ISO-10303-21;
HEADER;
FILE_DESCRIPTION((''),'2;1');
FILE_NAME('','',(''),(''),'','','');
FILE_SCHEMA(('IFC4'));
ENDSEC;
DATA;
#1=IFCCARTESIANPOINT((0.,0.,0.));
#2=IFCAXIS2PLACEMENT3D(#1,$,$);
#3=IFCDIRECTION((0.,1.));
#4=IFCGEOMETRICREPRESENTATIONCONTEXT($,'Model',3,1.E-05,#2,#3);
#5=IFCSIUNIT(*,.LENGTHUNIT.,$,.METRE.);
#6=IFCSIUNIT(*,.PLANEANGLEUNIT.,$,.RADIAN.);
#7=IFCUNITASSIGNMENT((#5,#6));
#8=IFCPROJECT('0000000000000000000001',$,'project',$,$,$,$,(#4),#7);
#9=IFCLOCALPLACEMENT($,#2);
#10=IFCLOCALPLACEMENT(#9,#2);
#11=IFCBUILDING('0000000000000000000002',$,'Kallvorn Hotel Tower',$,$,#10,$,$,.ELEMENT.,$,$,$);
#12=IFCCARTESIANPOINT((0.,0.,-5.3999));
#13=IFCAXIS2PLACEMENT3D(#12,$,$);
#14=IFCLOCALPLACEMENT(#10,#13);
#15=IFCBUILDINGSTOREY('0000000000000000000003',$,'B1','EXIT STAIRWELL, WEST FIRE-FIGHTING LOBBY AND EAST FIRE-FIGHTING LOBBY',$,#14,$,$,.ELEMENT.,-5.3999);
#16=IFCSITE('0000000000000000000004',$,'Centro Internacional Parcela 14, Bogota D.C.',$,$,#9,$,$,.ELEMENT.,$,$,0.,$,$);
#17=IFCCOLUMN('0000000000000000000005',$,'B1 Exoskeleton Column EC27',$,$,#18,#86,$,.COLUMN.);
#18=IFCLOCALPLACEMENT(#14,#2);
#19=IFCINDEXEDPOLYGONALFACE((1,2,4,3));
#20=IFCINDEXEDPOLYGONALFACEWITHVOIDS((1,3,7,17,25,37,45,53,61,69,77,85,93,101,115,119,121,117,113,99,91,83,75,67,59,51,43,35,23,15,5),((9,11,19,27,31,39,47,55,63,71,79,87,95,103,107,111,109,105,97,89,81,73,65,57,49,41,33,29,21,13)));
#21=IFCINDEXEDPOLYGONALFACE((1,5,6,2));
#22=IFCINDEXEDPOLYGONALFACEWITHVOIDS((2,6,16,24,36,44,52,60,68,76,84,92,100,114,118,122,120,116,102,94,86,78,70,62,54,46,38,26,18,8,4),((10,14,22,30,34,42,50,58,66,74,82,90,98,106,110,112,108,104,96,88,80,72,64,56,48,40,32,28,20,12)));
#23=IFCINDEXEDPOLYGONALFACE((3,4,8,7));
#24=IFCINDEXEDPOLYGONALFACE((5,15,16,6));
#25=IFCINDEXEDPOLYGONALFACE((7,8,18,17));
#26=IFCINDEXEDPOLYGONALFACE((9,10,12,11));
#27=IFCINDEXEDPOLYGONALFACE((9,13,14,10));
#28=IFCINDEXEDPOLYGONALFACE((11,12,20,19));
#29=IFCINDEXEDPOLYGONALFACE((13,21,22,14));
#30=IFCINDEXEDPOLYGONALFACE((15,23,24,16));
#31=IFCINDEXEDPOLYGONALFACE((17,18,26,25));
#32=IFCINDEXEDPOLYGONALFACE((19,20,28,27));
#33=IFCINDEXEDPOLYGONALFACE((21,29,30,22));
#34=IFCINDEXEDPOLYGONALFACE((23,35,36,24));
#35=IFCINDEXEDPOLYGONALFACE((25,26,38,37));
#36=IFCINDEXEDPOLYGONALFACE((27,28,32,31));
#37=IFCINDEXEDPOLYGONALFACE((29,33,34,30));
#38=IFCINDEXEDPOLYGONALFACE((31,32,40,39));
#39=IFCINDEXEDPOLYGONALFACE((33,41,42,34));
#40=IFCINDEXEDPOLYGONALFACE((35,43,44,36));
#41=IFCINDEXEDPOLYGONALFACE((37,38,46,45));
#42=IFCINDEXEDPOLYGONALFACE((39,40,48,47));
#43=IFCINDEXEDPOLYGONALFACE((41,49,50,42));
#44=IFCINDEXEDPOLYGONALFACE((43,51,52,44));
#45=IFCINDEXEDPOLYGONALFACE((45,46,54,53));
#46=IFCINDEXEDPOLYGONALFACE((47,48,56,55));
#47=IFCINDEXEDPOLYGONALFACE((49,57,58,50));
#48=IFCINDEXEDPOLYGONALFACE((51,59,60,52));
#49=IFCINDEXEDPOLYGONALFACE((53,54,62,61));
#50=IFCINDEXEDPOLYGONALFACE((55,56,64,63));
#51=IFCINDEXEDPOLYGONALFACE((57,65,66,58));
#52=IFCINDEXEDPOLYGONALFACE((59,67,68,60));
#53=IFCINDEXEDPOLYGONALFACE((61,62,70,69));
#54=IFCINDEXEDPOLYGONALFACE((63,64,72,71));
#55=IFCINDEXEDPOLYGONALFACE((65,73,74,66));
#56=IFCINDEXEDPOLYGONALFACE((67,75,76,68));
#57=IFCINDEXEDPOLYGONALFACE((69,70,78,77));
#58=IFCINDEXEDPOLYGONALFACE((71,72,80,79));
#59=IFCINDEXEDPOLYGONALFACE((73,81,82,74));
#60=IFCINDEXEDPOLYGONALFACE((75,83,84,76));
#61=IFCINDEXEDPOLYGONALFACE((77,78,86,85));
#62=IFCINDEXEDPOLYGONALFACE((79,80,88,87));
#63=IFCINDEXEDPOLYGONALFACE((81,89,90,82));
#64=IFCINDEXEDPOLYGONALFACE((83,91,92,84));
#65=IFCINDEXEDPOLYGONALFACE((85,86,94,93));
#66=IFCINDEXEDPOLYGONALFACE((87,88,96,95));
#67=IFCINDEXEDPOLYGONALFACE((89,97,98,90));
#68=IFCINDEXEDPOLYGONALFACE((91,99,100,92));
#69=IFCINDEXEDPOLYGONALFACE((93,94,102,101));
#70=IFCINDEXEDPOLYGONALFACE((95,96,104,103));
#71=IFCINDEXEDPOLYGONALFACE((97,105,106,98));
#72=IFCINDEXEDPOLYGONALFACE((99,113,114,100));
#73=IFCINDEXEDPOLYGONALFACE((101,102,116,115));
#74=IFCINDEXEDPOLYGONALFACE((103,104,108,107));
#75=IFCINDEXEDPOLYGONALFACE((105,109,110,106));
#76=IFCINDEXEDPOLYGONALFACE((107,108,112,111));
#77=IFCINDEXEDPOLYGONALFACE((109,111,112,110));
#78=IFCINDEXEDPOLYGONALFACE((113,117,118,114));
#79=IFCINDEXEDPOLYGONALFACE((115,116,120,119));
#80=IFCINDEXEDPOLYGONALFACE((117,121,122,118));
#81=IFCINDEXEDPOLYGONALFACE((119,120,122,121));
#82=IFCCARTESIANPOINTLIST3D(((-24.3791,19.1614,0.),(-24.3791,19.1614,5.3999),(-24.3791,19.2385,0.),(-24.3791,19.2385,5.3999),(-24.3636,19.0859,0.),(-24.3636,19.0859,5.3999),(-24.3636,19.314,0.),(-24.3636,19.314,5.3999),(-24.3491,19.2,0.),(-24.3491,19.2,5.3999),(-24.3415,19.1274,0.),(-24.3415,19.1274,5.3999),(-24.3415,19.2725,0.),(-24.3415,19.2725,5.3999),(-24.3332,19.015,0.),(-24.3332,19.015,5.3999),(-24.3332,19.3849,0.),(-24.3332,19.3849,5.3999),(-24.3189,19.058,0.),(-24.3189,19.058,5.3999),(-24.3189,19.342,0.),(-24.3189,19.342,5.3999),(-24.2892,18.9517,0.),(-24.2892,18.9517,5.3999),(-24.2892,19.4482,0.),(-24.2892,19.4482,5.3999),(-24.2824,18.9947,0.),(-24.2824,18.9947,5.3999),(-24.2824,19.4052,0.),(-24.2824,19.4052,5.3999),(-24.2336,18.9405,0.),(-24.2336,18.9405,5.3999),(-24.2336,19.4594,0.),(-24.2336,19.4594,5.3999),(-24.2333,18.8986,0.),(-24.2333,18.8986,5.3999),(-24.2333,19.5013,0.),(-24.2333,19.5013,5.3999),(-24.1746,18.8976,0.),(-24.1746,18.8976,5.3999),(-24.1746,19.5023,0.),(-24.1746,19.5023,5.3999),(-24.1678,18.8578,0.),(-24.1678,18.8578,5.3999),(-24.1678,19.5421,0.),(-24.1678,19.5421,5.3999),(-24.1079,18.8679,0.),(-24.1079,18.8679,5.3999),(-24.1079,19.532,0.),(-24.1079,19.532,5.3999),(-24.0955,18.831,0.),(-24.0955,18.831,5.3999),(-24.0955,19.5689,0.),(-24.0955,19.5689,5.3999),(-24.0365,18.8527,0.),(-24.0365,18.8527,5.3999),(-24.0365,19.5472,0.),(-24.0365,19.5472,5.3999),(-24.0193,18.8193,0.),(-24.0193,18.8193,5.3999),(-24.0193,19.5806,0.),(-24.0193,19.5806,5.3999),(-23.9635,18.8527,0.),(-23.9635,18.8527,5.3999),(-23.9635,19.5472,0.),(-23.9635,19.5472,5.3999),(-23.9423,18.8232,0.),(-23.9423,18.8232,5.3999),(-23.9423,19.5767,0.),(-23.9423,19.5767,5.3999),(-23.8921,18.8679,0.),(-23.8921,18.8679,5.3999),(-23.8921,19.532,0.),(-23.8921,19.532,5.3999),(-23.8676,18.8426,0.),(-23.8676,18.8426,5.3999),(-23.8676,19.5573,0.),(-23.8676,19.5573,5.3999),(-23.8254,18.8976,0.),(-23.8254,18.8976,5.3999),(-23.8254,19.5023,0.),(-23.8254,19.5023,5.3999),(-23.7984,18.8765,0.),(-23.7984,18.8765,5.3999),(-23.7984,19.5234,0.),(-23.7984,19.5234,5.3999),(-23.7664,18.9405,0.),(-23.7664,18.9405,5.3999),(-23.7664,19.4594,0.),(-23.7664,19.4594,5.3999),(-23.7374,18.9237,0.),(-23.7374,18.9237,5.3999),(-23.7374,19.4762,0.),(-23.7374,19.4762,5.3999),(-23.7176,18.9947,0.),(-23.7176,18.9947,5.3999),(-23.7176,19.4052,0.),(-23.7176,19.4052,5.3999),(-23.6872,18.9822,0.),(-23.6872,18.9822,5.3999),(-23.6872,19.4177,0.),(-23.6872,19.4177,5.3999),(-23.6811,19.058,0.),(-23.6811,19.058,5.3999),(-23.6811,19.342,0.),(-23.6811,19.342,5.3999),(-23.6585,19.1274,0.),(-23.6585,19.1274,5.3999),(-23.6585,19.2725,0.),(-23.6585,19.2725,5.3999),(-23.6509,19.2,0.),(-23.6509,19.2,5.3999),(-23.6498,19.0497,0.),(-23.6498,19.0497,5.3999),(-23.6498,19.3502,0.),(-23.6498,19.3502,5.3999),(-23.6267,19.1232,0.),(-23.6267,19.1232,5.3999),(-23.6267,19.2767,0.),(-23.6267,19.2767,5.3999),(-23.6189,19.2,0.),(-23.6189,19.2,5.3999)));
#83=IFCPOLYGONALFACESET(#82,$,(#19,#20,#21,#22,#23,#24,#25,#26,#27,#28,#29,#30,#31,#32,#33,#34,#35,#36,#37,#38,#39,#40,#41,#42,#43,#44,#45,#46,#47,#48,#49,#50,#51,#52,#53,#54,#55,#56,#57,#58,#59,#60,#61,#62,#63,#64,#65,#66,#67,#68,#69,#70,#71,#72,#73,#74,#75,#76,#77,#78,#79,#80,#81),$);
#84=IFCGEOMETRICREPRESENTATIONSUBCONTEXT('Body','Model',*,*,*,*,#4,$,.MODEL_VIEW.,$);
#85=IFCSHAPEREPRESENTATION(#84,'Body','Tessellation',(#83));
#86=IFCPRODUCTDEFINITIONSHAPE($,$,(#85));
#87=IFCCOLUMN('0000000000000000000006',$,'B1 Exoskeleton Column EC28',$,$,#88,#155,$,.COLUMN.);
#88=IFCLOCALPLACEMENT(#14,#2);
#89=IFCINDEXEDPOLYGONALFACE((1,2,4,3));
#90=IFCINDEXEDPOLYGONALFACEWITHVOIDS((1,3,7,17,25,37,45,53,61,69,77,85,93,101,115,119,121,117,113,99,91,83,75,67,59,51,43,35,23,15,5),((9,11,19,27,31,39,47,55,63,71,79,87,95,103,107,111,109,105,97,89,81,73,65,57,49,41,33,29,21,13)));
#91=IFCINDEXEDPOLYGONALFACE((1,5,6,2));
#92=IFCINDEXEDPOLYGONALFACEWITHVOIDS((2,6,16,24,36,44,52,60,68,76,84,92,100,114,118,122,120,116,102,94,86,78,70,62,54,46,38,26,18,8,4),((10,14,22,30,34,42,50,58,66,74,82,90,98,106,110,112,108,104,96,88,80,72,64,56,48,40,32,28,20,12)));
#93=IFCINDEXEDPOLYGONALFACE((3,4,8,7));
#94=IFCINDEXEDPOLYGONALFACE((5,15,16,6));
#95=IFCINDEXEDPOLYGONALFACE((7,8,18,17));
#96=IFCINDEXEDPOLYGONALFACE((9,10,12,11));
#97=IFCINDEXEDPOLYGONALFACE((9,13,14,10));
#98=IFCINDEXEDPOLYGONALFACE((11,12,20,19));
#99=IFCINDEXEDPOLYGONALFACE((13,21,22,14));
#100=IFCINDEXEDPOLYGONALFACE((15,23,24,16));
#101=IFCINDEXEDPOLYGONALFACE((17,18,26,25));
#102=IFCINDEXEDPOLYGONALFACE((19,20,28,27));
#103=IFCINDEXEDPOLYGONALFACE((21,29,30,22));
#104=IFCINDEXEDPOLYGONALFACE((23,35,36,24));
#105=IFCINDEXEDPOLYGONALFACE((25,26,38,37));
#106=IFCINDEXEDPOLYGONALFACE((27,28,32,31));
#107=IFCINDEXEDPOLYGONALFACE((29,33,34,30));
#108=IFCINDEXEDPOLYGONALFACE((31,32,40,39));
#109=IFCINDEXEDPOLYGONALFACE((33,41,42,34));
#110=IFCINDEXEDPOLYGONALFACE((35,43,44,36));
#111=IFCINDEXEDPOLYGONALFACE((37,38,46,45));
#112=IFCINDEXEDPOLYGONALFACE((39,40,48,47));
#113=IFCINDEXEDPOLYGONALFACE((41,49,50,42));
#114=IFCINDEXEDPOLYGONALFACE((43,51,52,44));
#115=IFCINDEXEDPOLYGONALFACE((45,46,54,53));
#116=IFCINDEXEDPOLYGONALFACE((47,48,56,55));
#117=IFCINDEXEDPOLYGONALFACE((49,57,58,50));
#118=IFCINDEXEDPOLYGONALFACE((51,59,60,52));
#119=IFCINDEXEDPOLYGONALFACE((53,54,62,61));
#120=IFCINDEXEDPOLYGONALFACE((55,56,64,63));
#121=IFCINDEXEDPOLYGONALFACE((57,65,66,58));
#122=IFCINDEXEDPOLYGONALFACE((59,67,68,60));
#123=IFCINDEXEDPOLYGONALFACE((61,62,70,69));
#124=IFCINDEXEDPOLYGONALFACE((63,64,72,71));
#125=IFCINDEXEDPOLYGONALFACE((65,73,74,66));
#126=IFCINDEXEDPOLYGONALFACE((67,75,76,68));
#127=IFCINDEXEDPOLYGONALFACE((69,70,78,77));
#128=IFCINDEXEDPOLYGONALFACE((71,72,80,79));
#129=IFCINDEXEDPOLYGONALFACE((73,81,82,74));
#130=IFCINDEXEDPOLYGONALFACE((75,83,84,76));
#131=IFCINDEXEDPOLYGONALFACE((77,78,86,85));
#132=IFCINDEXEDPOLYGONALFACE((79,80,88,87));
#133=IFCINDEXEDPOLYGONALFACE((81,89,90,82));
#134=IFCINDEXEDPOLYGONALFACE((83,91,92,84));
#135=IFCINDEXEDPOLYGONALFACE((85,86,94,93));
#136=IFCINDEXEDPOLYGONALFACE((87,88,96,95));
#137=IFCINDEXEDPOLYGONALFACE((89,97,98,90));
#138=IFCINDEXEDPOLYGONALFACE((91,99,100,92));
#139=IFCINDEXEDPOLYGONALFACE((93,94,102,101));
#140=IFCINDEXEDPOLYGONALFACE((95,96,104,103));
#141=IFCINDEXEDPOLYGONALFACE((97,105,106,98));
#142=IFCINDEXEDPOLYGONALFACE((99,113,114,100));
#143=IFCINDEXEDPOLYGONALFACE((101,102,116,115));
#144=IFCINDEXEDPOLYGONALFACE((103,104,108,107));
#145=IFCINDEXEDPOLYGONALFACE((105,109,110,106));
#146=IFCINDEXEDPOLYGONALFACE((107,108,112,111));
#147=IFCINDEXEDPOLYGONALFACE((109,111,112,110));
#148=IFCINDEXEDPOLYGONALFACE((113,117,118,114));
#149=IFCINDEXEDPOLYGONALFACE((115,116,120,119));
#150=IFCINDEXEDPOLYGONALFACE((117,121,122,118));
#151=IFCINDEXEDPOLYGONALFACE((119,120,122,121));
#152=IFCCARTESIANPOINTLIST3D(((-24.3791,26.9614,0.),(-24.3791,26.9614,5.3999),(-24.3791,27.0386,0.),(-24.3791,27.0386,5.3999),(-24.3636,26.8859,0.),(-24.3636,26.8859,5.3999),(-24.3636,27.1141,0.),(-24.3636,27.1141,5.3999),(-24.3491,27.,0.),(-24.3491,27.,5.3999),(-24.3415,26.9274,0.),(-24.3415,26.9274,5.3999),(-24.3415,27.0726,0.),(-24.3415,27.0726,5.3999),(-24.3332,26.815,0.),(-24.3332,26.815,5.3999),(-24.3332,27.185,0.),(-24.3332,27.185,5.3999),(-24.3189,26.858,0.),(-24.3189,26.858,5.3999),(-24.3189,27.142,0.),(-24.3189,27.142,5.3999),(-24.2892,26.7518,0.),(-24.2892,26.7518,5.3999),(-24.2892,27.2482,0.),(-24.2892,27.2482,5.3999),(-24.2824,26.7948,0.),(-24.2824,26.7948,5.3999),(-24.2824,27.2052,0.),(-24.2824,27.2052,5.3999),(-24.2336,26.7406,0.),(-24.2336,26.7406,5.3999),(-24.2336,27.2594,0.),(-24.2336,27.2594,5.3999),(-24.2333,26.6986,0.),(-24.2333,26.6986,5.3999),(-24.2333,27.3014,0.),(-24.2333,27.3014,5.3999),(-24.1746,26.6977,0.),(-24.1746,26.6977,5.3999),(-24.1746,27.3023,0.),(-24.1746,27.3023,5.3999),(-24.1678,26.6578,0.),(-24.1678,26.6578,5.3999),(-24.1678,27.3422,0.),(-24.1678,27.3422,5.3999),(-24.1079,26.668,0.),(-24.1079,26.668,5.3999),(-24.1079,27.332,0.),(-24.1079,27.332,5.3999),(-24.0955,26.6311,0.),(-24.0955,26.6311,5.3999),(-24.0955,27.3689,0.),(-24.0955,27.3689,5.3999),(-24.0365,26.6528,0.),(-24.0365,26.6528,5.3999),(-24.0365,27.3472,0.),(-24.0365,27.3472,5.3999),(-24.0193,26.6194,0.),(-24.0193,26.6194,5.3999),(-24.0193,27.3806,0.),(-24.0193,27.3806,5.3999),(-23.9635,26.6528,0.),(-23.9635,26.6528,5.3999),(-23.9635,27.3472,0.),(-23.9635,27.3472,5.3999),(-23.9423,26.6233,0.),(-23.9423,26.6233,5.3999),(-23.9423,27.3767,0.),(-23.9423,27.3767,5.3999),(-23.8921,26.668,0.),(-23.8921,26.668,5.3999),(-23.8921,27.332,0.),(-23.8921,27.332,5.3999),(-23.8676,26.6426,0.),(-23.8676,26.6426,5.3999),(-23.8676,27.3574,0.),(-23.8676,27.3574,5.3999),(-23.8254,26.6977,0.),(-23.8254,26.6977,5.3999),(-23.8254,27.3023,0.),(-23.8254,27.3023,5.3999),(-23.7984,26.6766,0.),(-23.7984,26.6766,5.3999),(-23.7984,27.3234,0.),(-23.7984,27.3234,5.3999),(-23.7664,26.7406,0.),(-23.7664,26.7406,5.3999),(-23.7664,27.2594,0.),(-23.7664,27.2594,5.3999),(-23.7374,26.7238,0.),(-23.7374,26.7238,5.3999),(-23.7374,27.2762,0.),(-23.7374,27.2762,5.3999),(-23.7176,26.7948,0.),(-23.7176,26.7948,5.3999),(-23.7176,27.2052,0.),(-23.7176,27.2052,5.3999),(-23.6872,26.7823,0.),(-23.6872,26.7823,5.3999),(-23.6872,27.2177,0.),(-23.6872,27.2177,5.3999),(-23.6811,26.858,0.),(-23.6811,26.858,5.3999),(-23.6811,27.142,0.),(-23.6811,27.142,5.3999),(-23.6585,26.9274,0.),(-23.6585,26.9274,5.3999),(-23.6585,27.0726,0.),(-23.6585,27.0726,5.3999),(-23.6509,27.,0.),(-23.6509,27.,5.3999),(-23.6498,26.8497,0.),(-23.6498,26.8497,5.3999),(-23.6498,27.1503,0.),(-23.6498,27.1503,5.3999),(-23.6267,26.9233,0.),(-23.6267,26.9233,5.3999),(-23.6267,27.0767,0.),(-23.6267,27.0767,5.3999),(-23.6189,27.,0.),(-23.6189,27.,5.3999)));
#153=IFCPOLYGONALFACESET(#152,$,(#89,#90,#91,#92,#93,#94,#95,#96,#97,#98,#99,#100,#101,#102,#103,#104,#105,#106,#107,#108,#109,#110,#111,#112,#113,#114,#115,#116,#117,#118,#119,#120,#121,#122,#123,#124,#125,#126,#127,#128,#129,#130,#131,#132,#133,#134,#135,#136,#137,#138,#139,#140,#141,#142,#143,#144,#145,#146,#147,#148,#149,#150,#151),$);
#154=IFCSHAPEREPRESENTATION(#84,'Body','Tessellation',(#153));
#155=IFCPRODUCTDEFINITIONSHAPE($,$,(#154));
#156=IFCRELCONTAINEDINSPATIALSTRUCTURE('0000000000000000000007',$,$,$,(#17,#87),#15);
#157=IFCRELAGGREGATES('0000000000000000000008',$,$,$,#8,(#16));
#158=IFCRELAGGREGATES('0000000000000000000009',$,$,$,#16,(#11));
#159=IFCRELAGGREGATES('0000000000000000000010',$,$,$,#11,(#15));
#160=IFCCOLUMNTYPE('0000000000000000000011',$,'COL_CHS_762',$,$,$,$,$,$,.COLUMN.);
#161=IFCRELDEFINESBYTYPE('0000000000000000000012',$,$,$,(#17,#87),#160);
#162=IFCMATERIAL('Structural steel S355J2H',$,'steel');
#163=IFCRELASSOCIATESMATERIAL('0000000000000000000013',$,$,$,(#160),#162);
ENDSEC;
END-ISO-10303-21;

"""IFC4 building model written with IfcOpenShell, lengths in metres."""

from ifc_helpers import new_model, si_unit, direction, frame, origin, origin_2d, place, context, subcontext, project, spatial, hollow_circle, extrude, material, material_profile, profile_set, type_object, element, save


model = new_model("IFC4")

# Units and contexts
model_context = context("Model", 3, precision=1e-05, world=origin(), true_north=direction((0.0, 1.0)))
body_context = subcontext(model_context, "Body", "Model", "MODEL_VIEW")
ifc_project = project(units=[si_unit("LENGTHUNIT", "METRE"), si_unit("PLANEANGLEUNIT", "RADIAN")], contexts=[model_context])

# Site, building, storey
site_placement = place(None, origin())
site = spatial("IfcSite", under=ifc_project, at=site_placement, Name="Centro Internacional Parcela 14, Bogota D.C.", CompositionType="ELEMENT", RefElevation=0.0)
building_placement = place(site_placement, origin())
building = spatial("IfcBuilding", under=site, at=building_placement, Name="Kallvorn Hotel Tower", CompositionType="ELEMENT")
storey_placement = place(building_placement, frame((0.0, 0.0, -5.3999)))
storey = spatial("IfcBuildingStorey", under=building, at=storey_placement, Name="B1", Description="EXIT STAIRWELL, WEST FIRE-FIGHTING LOBBY AND EAST FIRE-FIGHTING LOBBY", CompositionType="ELEMENT", Elevation=-5.3999)

# Columns
ifc_material_1 = material(Name="Structural steel S355J2H", Category="steel")
ifc_material_profile_1 = material_profile(ifc_material_1, hollow_circle(Radius=0.3811, WallThickness=0.032, at=origin_2d()), Name="CHS 762x32")
ifc_profile_set_1 = profile_set([ifc_material_profile_1], Name="Structural steel S355J2H")
column_type_1 = type_object("IfcColumnType", Name="COL_CHS_762", PredefinedType="COLUMN", material=ifc_profile_set_1)
for number, where, z_axis, x_axis, name in (
    (1, (-24.0, 19.2, 0.0), (0.0, 0.0, 1.0), (1.0, 0.0, 0.0), "B1 Exoskeleton Column EC27"),
    (2, (-24.0, 27.0, 0.0), (0.0, 0.0, 1.0), (1.0, 0.0, 0.0), "B1 Exoskeleton Column EC28"),
):
    element("IfcColumn", number, at=place(storey_placement, frame(where, z_axis=z_axis, x_axis=x_axis)), inside=storey, type_object=column_type_1, Name=name, PredefinedType="COLUMN", context=body_context, shape_type="SweptSolid", body=[
        extrude(hollow_circle(Radius=0.3811, WallThickness=0.032, at=origin_2d()), origin(), (0.0, 0.0, 1.0), 5.3999),
    ])

save(model, "model.ifc")
